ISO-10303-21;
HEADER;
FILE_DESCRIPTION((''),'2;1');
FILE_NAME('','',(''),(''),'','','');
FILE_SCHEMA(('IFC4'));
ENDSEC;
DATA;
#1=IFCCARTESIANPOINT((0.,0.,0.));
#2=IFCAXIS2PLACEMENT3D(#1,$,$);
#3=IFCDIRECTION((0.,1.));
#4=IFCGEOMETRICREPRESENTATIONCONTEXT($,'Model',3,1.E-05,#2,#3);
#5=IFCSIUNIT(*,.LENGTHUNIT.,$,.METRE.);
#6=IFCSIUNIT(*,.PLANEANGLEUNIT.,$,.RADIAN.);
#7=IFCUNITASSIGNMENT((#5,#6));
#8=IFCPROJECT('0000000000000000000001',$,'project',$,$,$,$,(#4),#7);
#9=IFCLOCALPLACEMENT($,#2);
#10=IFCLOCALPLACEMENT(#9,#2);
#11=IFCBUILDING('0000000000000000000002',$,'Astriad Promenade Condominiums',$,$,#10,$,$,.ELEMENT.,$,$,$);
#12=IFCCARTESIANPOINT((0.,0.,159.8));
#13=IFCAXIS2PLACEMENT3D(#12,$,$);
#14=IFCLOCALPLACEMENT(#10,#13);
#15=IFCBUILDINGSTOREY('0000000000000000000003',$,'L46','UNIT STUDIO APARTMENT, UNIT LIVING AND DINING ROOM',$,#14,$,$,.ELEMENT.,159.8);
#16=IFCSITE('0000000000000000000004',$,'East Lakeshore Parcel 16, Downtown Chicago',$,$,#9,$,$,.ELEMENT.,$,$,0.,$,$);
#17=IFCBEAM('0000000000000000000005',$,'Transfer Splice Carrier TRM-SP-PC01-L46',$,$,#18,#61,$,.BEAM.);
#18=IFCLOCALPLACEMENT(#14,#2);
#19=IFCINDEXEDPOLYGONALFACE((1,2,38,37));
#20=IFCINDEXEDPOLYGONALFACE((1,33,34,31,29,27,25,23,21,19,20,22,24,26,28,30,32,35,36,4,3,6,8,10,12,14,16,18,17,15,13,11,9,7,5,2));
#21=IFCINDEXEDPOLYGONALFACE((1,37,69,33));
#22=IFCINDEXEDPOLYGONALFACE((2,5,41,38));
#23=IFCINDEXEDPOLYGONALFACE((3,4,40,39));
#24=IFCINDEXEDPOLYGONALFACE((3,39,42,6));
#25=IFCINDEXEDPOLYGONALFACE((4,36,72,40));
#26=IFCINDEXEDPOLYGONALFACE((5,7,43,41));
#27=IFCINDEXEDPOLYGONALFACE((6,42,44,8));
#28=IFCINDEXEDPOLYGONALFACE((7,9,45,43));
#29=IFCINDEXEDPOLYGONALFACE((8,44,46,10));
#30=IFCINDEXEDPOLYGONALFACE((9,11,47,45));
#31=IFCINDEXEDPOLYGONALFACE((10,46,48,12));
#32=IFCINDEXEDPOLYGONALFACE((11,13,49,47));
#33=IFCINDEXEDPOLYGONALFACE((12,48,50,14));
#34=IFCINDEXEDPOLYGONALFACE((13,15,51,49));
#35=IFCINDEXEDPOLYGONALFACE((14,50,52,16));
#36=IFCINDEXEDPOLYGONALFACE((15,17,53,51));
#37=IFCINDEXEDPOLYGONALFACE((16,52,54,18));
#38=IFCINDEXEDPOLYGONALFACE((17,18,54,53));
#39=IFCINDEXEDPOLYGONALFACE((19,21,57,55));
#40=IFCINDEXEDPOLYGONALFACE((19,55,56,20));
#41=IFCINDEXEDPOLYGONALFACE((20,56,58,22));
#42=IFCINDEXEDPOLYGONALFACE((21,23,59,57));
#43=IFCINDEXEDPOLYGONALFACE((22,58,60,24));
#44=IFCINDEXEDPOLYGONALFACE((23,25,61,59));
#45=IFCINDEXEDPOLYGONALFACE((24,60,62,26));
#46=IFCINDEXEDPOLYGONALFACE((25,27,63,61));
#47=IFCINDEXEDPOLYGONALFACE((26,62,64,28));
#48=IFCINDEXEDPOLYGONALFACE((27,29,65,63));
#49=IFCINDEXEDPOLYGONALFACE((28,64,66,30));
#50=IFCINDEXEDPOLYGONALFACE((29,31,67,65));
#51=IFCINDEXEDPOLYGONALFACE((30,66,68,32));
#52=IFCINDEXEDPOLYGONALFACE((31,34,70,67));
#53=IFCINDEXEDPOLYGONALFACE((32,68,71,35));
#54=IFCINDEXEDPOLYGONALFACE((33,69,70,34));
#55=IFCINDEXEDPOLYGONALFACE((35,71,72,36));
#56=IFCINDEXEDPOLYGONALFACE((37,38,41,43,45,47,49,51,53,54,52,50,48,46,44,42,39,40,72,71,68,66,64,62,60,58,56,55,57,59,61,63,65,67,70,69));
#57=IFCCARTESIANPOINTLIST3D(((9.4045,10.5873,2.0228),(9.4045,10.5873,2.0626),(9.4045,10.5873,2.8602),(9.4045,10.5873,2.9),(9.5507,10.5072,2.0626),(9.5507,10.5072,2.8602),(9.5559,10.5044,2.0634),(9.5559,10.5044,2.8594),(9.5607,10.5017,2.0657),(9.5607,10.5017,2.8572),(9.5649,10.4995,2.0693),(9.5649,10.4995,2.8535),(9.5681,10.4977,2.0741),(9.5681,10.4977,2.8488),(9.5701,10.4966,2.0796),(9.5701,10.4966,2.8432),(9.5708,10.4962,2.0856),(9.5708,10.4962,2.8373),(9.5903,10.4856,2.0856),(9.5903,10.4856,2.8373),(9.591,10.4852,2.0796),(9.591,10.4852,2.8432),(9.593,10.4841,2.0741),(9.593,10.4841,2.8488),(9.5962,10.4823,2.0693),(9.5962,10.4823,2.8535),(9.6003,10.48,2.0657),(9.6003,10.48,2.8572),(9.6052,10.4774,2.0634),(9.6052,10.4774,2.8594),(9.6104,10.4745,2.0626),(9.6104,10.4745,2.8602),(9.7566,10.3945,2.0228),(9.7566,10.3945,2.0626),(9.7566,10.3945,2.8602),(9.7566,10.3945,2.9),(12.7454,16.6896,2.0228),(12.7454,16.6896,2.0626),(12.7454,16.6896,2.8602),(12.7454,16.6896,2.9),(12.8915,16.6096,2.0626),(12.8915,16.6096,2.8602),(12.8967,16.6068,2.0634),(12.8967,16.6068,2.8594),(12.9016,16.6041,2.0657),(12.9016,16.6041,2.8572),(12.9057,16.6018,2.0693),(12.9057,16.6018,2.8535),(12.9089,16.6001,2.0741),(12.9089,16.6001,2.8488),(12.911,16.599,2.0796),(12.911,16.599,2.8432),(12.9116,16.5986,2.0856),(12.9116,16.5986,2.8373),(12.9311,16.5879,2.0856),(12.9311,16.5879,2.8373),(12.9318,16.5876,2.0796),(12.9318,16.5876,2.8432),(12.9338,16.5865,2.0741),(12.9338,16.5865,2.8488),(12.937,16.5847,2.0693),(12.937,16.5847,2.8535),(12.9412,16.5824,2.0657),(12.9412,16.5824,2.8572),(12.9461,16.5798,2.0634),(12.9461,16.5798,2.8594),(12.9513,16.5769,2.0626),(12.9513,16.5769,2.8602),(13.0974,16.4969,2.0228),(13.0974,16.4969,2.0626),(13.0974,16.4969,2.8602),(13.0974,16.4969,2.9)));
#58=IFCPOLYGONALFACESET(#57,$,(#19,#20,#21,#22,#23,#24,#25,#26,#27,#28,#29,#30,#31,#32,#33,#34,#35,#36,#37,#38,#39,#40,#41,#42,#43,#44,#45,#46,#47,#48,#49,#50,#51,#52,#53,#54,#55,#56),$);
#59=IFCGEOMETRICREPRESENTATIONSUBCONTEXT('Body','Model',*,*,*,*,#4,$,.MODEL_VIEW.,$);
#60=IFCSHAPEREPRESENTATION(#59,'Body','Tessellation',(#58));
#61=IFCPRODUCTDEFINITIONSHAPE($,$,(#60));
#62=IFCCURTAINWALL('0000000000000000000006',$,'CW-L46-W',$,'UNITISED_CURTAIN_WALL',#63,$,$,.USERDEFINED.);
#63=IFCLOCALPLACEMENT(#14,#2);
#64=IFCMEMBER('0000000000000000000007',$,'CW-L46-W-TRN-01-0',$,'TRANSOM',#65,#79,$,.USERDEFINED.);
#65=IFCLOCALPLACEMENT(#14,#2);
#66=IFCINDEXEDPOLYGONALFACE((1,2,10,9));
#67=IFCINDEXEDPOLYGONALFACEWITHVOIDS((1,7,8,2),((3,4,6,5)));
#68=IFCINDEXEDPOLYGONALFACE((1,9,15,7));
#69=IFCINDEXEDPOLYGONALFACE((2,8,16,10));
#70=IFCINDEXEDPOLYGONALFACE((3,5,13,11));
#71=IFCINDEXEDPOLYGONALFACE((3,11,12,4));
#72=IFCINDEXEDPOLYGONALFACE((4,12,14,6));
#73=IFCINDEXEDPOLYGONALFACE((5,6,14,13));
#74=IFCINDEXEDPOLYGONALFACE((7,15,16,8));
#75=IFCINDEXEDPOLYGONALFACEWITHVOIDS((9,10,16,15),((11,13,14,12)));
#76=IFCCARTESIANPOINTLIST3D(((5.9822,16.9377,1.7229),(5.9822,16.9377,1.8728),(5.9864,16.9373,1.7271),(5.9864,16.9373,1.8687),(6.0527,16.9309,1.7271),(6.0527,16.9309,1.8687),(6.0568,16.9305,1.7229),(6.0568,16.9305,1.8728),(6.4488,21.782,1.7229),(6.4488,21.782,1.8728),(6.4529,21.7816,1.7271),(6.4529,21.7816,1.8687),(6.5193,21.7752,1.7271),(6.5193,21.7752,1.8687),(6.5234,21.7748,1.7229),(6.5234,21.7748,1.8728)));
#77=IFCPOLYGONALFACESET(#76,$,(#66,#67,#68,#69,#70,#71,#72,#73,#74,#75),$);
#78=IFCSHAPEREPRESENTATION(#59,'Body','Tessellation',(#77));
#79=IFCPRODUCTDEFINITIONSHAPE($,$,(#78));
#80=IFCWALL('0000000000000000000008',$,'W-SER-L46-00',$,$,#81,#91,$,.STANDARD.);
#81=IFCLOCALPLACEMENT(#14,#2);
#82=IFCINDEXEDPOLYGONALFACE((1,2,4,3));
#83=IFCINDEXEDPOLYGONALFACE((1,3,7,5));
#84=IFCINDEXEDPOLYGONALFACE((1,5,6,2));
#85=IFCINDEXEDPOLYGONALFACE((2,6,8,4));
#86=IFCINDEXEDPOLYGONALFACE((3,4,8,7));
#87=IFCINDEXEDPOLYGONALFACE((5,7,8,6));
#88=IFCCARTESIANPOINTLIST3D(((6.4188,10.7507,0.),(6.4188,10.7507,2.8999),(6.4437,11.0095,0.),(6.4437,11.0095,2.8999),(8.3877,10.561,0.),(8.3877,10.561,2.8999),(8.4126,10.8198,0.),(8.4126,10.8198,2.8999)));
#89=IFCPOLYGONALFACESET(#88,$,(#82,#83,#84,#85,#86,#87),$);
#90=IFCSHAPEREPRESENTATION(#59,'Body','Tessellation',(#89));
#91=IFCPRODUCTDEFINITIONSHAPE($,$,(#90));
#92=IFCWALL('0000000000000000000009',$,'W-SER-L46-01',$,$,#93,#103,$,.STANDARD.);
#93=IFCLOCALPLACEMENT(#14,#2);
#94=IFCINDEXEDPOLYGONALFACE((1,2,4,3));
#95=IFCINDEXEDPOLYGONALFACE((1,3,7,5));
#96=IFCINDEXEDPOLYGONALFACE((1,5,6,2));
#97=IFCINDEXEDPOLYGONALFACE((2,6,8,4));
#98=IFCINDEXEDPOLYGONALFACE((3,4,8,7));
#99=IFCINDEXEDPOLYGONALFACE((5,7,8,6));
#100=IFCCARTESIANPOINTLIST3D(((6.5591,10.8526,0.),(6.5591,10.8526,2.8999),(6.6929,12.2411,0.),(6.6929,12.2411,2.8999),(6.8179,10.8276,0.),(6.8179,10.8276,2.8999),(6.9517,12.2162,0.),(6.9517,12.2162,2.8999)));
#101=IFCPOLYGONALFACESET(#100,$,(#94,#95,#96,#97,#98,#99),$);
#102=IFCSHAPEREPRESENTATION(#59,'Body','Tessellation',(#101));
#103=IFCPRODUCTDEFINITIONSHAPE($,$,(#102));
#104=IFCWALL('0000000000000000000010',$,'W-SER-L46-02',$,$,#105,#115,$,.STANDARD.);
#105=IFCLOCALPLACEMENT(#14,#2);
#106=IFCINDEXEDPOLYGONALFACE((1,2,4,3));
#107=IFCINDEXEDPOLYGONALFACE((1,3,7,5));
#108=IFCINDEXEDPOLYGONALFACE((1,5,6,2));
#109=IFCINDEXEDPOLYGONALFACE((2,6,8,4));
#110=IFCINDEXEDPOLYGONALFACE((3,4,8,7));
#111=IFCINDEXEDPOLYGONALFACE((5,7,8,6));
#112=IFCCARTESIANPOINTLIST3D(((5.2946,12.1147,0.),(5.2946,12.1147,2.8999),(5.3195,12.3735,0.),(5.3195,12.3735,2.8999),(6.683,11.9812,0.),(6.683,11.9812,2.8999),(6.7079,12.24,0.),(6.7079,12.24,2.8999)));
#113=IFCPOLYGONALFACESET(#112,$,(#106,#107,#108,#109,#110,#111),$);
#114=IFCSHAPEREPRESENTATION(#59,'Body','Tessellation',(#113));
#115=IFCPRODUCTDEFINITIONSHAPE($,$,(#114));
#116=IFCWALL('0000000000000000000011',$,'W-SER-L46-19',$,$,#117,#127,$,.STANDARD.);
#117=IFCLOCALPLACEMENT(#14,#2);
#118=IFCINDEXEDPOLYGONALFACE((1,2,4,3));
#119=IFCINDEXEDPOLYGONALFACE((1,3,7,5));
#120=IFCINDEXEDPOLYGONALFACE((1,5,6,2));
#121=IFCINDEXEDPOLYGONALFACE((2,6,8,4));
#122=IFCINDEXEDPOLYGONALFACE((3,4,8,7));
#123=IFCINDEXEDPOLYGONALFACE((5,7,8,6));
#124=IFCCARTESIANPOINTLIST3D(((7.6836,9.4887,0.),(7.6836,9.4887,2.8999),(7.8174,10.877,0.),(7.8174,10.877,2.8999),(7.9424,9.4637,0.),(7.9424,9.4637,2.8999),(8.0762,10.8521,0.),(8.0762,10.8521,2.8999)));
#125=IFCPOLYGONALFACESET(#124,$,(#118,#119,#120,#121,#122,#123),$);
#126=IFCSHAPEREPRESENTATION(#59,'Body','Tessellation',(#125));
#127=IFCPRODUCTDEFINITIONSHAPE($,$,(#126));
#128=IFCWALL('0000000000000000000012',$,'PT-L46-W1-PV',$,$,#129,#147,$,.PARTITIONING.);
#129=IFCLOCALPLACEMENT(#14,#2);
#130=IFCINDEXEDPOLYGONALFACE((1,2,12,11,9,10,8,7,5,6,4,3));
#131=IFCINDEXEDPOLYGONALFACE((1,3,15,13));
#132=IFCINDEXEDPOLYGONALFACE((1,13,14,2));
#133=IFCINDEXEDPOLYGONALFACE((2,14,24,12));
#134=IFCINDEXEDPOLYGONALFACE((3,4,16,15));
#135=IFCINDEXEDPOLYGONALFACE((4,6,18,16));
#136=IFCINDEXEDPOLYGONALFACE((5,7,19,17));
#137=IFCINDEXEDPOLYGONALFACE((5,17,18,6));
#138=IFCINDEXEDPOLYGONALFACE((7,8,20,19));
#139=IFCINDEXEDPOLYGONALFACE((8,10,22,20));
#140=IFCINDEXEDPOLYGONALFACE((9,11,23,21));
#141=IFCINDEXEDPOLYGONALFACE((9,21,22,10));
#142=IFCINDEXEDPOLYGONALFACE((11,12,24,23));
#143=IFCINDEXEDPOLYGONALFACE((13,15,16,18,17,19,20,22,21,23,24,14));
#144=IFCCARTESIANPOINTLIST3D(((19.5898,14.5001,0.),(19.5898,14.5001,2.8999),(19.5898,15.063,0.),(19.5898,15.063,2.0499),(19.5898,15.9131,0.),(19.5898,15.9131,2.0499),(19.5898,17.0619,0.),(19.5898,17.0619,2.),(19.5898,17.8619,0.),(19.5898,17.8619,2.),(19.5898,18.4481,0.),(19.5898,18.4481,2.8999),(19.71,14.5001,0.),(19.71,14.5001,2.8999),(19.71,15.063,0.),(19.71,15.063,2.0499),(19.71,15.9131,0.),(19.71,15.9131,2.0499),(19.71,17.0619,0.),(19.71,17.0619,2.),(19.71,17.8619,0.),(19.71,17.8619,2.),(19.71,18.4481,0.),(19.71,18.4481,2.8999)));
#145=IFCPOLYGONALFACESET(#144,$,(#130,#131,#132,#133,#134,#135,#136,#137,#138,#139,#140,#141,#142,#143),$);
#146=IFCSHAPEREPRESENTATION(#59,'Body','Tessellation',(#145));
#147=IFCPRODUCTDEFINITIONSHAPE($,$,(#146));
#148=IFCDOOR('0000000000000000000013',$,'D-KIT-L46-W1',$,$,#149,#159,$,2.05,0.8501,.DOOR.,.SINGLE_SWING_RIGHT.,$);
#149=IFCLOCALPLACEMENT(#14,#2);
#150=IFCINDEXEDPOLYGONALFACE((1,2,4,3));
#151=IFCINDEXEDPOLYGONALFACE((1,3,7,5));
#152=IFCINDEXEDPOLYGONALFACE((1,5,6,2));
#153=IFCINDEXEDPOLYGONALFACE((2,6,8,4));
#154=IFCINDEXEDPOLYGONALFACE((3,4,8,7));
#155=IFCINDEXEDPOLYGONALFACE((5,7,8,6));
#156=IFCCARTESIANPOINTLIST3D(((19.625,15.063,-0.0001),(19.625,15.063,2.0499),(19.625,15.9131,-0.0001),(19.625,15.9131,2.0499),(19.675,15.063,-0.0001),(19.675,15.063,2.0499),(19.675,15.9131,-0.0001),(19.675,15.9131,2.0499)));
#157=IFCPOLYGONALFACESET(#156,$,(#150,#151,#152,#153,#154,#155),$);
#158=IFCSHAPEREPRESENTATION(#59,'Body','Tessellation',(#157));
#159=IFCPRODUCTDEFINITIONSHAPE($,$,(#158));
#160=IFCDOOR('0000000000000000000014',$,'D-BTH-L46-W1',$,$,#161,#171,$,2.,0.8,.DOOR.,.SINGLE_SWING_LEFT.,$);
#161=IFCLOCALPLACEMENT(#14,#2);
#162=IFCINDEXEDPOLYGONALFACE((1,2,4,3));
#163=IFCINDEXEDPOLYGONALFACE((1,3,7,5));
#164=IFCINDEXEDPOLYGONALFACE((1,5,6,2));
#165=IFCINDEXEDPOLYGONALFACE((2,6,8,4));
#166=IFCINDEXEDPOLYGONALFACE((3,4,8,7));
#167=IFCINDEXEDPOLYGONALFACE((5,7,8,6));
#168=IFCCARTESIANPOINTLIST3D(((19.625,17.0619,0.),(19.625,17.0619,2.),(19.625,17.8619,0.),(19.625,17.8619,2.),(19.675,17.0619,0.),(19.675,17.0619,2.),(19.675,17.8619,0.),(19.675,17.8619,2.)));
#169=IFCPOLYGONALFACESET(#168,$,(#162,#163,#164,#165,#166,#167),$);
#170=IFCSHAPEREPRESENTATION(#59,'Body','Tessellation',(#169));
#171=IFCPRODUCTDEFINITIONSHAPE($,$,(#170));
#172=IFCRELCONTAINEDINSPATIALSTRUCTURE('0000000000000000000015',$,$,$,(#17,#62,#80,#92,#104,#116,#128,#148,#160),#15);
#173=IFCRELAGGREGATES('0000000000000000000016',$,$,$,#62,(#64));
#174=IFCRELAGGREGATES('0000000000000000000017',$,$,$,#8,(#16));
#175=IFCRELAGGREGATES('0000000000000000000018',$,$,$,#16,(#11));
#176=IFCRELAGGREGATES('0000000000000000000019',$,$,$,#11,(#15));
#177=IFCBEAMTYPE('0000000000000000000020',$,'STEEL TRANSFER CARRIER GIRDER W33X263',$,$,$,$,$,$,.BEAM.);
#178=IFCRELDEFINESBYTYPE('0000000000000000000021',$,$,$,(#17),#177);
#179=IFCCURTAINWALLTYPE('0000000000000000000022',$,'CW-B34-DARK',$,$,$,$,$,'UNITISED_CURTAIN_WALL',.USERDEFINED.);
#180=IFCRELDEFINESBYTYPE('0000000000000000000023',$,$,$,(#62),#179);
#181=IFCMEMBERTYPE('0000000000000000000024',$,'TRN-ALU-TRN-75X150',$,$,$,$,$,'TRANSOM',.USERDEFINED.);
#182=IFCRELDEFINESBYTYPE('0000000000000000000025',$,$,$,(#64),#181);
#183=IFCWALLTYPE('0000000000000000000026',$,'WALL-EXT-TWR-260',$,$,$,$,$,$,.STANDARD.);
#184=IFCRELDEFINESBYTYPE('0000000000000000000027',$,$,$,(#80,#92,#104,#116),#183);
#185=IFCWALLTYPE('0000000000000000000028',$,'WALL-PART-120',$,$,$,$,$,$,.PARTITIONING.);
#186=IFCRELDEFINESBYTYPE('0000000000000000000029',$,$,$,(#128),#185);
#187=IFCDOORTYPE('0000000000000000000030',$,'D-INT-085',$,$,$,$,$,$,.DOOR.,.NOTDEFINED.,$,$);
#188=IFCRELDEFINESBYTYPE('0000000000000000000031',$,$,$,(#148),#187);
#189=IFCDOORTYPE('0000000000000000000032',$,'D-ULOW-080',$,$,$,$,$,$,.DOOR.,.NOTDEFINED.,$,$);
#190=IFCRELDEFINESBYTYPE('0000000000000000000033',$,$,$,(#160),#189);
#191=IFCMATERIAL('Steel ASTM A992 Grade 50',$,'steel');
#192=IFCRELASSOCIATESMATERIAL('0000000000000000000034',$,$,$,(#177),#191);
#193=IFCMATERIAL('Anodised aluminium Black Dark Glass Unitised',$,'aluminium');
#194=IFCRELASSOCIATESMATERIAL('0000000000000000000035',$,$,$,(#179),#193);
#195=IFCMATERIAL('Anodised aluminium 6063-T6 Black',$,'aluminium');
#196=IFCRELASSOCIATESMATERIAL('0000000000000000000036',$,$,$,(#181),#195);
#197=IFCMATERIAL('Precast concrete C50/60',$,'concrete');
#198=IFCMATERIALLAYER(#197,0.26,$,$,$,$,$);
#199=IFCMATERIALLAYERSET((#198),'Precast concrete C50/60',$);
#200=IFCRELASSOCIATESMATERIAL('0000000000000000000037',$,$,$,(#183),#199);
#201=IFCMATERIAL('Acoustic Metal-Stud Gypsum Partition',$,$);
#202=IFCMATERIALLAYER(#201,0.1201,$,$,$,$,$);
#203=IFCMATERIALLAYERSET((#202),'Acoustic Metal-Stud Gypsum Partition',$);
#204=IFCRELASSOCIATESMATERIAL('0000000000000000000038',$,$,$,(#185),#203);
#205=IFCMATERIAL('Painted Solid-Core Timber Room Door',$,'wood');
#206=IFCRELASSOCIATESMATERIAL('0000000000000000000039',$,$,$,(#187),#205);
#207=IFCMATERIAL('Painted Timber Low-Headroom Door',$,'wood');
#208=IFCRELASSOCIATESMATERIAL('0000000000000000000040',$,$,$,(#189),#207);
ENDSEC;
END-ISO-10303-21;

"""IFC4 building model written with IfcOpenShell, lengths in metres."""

from ifc_helpers import new_model, si_unit, direction, frame, frame_2d, origin, origin_2d, place, context, subcontext, project, spatial, rectangle, hollow_rectangle, i_section, extrude, source, transform, mapped, material, layer, layer_set, material_profile, profile_set, type_object, type_shapes, element, fill, aggregate, save


model = new_model("IFC4")

# Units and contexts
model_context = context("Model", 3, precision=1e-05, world=origin(), true_north=direction((0.0, 1.0)))
body_context = subcontext(model_context, "Body", "Model", "MODEL_VIEW")
ifc_project = project(units=[si_unit("LENGTHUNIT", "METRE"), si_unit("PLANEANGLEUNIT", "RADIAN")], contexts=[model_context])

# Site, building, storey
site_placement = place(None, origin())
site = spatial("IfcSite", under=ifc_project, at=site_placement, Name="East Lakeshore Parcel 16, Downtown Chicago", CompositionType="ELEMENT", RefElevation=0.0)
building_placement = place(site_placement, origin())
building = spatial("IfcBuilding", under=site, at=building_placement, Name="Astriad Promenade Condominiums", CompositionType="ELEMENT")
storey_placement = place(building_placement, frame((0.0, 0.0, 159.8)))
storey = spatial("IfcBuildingStorey", under=building, at=storey_placement, Name="L46", Description="UNIT STUDIO APARTMENT, UNIT LIVING AND DINING ROOM", CompositionType="ELEMENT", Elevation=159.8)

# Beam
ifc_material_1 = material(Name="Steel ASTM A992 Grade 50", Category="steel")
ifc_material_profile_1 = material_profile(ifc_material_1, i_section(OverallWidth=0.4014, OverallDepth=0.8772, WebThickness=0.0222, FlangeThickness=0.0398, FilletRadius=0.0229, at=origin_2d()), Name="W33X263")
ifc_profile_set_1 = profile_set([ifc_material_profile_1], Name="Steel ASTM A992 Grade 50")
beam_type_1 = type_object("IfcBeamType", Name="STEEL TRANSFER CARRIER GIRDER W33X263", PredefinedType="BEAM", material=ifc_profile_set_1)
shared_shape_1 = source(origin(), body_context, "Body", "SweptSolid", [
    extrude(i_section(OverallWidth=0.4014, OverallDepth=0.8772, WebThickness=0.0222, FlangeThickness=0.0398, FilletRadius=0.0229, at=origin_2d()), origin(), (0.0, 0.0, 1.0), 6.957),
])
type_shapes(beam_type_1, [shared_shape_1])
beam_1_placement = place(storey_placement, frame((12.9214, 16.5933, 2.4614), z_axis=(-0.480214, -0.877152, 0.0), x_axis=(0.877152, -0.480214, 0.0)))
element("IfcBeam", 1, at=beam_1_placement, inside=storey, type_object=beam_type_1, Name="Transfer Splice Carrier TRM-SP-PC01-L46", PredefinedType="BEAM", context=body_context, shape_type="MappedRepresentation", body=[
    mapped(shared_shape_1, transform((0.0, 0.0, 0.0), scale=1.0)),
])

# Curtain wall, member
ifc_material_2 = material(Name="Anodised aluminium Black Dark Glass Unitised", Category="aluminium")
curtain_wall_type = type_object("IfcCurtainWallType", Name="CW-B34-DARK", ElementType="UNITISED_CURTAIN_WALL", PredefinedType="USERDEFINED", material=ifc_material_2)
curtain_wall_placement = place(storey_placement, origin())
curtain_wall = element("IfcCurtainWall", 2, at=curtain_wall_placement, inside=storey, type_object=curtain_wall_type, Name="CW-L46-W", ObjectType="UNITISED_CURTAIN_WALL", PredefinedType="USERDEFINED")
ifc_material_3 = material(Name="Anodised aluminium 6063-T6 Black", Category="aluminium")
ifc_material_profile_2 = material_profile(ifc_material_3, hollow_rectangle(XDim=0.075, YDim=0.1499, WallThickness=0.0042, at=origin_2d()), Name="ALU-TRN-75X150")
ifc_profile_set_2 = profile_set([ifc_material_profile_2], Name="Anodised aluminium 6063-T6 Black")
member_type = type_object("IfcMemberType", Name="TRN-ALU-TRN-75X150", ElementType="TRANSOM", PredefinedType="USERDEFINED", material=ifc_profile_set_2)
shared_shape_2 = source(origin(), body_context, "Body", "SweptSolid", [
    extrude(hollow_rectangle(XDim=0.075, YDim=0.1499, WallThickness=0.0042, at=origin_2d()), origin(), (0.0, 0.0, 1.0), 4.8667),
])
type_shapes(member_type, [shared_shape_2])
member_placement = place(storey_placement, frame((6.0195, 16.9341, 1.7979), z_axis=(0.095867, 0.995394, 0.0), x_axis=(-0.995394, 0.095867, 0.0)))
member = element("IfcMember", 3, at=member_placement, type_object=member_type, Name="CW-L46-W-TRN-01-0", ObjectType="TRANSOM", PredefinedType="USERDEFINED", context=body_context, shape_type="MappedRepresentation", body=[
    mapped(shared_shape_2, transform((0.0, 0.0, 0.0), scale=1.0)),
])
aggregate(curtain_wall, [member])

# Walls
ifc_material_4 = material(Name="Precast concrete C50/60", Category="concrete")
ifc_layer_1 = layer(ifc_material_4, 0.26)
ifc_layer_set_1 = layer_set([ifc_layer_1], Name="Precast concrete C50/60")
wall_type_1 = type_object("IfcWallType", Name="WALL-EXT-TWR-260", PredefinedType="STANDARD", material=ifc_layer_set_1)
wall_1_placement = place(storey_placement, frame((8.4001, 10.6904, 0.0), z_axis=(0.0, 0.0, 1.0), x_axis=(-0.995391, 0.095898, 0.0)))
element("IfcWall", 4, at=wall_1_placement, inside=storey, type_object=wall_type_1, Name="W-SER-L46-00", PredefinedType="STANDARD", context=body_context, shape_type="SweptSolid", body=[
    extrude(rectangle(XDim=1.978, YDim=0.26, at=frame_2d((0.989, 0.0))), origin(), (0.0, 0.0, 1.0), 2.8999),
])
wall_2_placement = place(storey_placement, frame((6.6885, 10.8401, 0.0), z_axis=(0.0, 0.0, 1.0), x_axis=(0.095899, 0.995391, 0.0)))
element("IfcWall", 5, at=wall_2_placement, inside=storey, type_object=wall_type_1, Name="W-SER-L46-01", PredefinedType="STANDARD", context=body_context, shape_type="SweptSolid", body=[
    extrude(rectangle(XDim=1.395, YDim=0.26, at=frame_2d((0.6975, 0.0))), origin(), (0.0, 0.0, 1.0), 2.8999),
])
for number, where, z_axis, x_axis, name in (
    (6, (6.6953, 12.1106, 0.0), (0.0, 0.0, 1.0), (-0.995406, 0.095742, 0.0), "W-SER-L46-02"),
    (7, (7.813, 9.4763, 0.0), (0.0, 0.0, 1.0), (0.095916, 0.995389, 0.0), "W-SER-L46-19"),
):
    element("IfcWall", number, at=place(storey_placement, frame(where, z_axis=z_axis, x_axis=x_axis)), inside=storey, type_object=wall_type_1, Name=name, PredefinedType="STANDARD", context=body_context, shape_type="SweptSolid", body=[
        extrude(rectangle(XDim=1.3948, YDim=0.26, at=frame_2d((0.6973, 0.0))), origin(), (0.0, 0.0, 1.0), 2.8999),
    ])

# Wall, openings, doors
ifc_material_5 = material(Name="Acoustic Metal-Stud Gypsum Partition")
ifc_layer_2 = layer(ifc_material_5, 0.1201)
ifc_layer_set_2 = layer_set([ifc_layer_2], Name="Acoustic Metal-Stud Gypsum Partition")
wall_type_2 = type_object("IfcWallType", Name="WALL-PART-120", PredefinedType="PARTITIONING", material=ifc_layer_set_2)
wall_3_placement = place(storey_placement, frame((19.6499, 14.5, 0.0), z_axis=(0.0, 0.0, 1.0), x_axis=(0.0, 1.0, 0.0)))
wall_3 = element("IfcWall", 8, at=wall_3_placement, inside=storey, type_object=wall_type_2, Name="PT-L46-W1-PV", PredefinedType="PARTITIONING", context=body_context, shape_type="SweptSolid", body=[
    extrude(rectangle(XDim=3.948, YDim=0.1201, at=frame_2d((1.9741, 0.0))), origin(), (0.0, 0.0, 1.0), 2.8999),
])
opening_1_placement = place(wall_3_placement, frame((0.563, 0.0, 0.0)))
opening_1 = element("IfcOpeningElement", 9, at=opening_1_placement, cuts=wall_3, PredefinedType="OPENING", context=body_context, shape_type="SweptSolid", body=[
    extrude(rectangle(XDim=0.8501, YDim=2.05, at=frame_2d((0.425, 1.0249))), frame((0.0, 0.0701, 0.0), z_axis=(0.0, -1.0, 0.0), x_axis=(1.0, 0.0, 0.0)), (0.0, 0.0, 1.0), 0.1401),
])
opening_2_placement = place(wall_3_placement, frame((2.562, 0.0, 0.0)))
opening_2 = element("IfcOpeningElement", 10, at=opening_2_placement, cuts=wall_3, PredefinedType="OPENING", context=body_context, shape_type="SweptSolid", body=[
    extrude(rectangle(XDim=0.8, YDim=2.0, at=frame_2d((0.3999, 1.0))), frame((0.0, 0.0701, 0.0), z_axis=(0.0, -1.0, 0.0), x_axis=(1.0, 0.0, 0.0)), (0.0, 0.0, 1.0), 0.1401),
])
ifc_material_6 = material(Name="Painted Solid-Core Timber Room Door", Category="wood")
door_type_1 = type_object("IfcDoorType", Name="D-INT-085", OperationType="NOTDEFINED", PredefinedType="DOOR", material=ifc_material_6)
shared_shape_3 = source(origin(), body_context, "Body", "SweptSolid", [
    extrude(rectangle(XDim=0.8501, YDim=2.05, at=frame_2d((0.425, 1.0249))), frame((0.0, 0.0249, 0.0), z_axis=(0.0, -1.0, 0.0), x_axis=(1.0, 0.0, 0.0)), (0.0, 0.0, 1.0), 0.05),
])
type_shapes(door_type_1, [shared_shape_3])
door_1_placement = place(opening_1_placement, origin())
door_1 = element("IfcDoor", 11, at=door_1_placement, inside=storey, type_object=door_type_1, Name="D-KIT-L46-W1", OperationType="SINGLE_SWING_RIGHT", OverallHeight=2.05, OverallWidth=0.8501, PredefinedType="DOOR", context=body_context, shape_type="MappedRepresentation", body=[
    mapped(shared_shape_3, transform((0.0, 0.0, 0.0), scale=1.0)),
])
fill(opening_1, door_1)
ifc_material_7 = material(Name="Painted Timber Low-Headroom Door", Category="wood")
door_type_2 = type_object("IfcDoorType", Name="D-ULOW-080", OperationType="NOTDEFINED", PredefinedType="DOOR", material=ifc_material_7)
shared_shape_4 = source(origin(), body_context, "Body", "SweptSolid", [
    extrude(rectangle(XDim=0.8, YDim=2.0, at=frame_2d((0.3999, 1.0))), frame((0.0, 0.0249, 0.0), z_axis=(0.0, -1.0, 0.0), x_axis=(1.0, 0.0, 0.0)), (0.0, 0.0, 1.0), 0.05),
])
type_shapes(door_type_2, [shared_shape_4])
door_2_placement = place(opening_2_placement, origin())
door_2 = element("IfcDoor", 12, at=door_2_placement, inside=storey, type_object=door_type_2, Name="D-BTH-L46-W1", OperationType="SINGLE_SWING_LEFT", OverallHeight=2.0, OverallWidth=0.8, PredefinedType="DOOR", context=body_context, shape_type="MappedRepresentation", body=[
    mapped(shared_shape_4, transform((0.0, 0.0, 0.0), scale=1.0)),
])
fill(opening_2, door_2)

save(model, "model.ifc")
